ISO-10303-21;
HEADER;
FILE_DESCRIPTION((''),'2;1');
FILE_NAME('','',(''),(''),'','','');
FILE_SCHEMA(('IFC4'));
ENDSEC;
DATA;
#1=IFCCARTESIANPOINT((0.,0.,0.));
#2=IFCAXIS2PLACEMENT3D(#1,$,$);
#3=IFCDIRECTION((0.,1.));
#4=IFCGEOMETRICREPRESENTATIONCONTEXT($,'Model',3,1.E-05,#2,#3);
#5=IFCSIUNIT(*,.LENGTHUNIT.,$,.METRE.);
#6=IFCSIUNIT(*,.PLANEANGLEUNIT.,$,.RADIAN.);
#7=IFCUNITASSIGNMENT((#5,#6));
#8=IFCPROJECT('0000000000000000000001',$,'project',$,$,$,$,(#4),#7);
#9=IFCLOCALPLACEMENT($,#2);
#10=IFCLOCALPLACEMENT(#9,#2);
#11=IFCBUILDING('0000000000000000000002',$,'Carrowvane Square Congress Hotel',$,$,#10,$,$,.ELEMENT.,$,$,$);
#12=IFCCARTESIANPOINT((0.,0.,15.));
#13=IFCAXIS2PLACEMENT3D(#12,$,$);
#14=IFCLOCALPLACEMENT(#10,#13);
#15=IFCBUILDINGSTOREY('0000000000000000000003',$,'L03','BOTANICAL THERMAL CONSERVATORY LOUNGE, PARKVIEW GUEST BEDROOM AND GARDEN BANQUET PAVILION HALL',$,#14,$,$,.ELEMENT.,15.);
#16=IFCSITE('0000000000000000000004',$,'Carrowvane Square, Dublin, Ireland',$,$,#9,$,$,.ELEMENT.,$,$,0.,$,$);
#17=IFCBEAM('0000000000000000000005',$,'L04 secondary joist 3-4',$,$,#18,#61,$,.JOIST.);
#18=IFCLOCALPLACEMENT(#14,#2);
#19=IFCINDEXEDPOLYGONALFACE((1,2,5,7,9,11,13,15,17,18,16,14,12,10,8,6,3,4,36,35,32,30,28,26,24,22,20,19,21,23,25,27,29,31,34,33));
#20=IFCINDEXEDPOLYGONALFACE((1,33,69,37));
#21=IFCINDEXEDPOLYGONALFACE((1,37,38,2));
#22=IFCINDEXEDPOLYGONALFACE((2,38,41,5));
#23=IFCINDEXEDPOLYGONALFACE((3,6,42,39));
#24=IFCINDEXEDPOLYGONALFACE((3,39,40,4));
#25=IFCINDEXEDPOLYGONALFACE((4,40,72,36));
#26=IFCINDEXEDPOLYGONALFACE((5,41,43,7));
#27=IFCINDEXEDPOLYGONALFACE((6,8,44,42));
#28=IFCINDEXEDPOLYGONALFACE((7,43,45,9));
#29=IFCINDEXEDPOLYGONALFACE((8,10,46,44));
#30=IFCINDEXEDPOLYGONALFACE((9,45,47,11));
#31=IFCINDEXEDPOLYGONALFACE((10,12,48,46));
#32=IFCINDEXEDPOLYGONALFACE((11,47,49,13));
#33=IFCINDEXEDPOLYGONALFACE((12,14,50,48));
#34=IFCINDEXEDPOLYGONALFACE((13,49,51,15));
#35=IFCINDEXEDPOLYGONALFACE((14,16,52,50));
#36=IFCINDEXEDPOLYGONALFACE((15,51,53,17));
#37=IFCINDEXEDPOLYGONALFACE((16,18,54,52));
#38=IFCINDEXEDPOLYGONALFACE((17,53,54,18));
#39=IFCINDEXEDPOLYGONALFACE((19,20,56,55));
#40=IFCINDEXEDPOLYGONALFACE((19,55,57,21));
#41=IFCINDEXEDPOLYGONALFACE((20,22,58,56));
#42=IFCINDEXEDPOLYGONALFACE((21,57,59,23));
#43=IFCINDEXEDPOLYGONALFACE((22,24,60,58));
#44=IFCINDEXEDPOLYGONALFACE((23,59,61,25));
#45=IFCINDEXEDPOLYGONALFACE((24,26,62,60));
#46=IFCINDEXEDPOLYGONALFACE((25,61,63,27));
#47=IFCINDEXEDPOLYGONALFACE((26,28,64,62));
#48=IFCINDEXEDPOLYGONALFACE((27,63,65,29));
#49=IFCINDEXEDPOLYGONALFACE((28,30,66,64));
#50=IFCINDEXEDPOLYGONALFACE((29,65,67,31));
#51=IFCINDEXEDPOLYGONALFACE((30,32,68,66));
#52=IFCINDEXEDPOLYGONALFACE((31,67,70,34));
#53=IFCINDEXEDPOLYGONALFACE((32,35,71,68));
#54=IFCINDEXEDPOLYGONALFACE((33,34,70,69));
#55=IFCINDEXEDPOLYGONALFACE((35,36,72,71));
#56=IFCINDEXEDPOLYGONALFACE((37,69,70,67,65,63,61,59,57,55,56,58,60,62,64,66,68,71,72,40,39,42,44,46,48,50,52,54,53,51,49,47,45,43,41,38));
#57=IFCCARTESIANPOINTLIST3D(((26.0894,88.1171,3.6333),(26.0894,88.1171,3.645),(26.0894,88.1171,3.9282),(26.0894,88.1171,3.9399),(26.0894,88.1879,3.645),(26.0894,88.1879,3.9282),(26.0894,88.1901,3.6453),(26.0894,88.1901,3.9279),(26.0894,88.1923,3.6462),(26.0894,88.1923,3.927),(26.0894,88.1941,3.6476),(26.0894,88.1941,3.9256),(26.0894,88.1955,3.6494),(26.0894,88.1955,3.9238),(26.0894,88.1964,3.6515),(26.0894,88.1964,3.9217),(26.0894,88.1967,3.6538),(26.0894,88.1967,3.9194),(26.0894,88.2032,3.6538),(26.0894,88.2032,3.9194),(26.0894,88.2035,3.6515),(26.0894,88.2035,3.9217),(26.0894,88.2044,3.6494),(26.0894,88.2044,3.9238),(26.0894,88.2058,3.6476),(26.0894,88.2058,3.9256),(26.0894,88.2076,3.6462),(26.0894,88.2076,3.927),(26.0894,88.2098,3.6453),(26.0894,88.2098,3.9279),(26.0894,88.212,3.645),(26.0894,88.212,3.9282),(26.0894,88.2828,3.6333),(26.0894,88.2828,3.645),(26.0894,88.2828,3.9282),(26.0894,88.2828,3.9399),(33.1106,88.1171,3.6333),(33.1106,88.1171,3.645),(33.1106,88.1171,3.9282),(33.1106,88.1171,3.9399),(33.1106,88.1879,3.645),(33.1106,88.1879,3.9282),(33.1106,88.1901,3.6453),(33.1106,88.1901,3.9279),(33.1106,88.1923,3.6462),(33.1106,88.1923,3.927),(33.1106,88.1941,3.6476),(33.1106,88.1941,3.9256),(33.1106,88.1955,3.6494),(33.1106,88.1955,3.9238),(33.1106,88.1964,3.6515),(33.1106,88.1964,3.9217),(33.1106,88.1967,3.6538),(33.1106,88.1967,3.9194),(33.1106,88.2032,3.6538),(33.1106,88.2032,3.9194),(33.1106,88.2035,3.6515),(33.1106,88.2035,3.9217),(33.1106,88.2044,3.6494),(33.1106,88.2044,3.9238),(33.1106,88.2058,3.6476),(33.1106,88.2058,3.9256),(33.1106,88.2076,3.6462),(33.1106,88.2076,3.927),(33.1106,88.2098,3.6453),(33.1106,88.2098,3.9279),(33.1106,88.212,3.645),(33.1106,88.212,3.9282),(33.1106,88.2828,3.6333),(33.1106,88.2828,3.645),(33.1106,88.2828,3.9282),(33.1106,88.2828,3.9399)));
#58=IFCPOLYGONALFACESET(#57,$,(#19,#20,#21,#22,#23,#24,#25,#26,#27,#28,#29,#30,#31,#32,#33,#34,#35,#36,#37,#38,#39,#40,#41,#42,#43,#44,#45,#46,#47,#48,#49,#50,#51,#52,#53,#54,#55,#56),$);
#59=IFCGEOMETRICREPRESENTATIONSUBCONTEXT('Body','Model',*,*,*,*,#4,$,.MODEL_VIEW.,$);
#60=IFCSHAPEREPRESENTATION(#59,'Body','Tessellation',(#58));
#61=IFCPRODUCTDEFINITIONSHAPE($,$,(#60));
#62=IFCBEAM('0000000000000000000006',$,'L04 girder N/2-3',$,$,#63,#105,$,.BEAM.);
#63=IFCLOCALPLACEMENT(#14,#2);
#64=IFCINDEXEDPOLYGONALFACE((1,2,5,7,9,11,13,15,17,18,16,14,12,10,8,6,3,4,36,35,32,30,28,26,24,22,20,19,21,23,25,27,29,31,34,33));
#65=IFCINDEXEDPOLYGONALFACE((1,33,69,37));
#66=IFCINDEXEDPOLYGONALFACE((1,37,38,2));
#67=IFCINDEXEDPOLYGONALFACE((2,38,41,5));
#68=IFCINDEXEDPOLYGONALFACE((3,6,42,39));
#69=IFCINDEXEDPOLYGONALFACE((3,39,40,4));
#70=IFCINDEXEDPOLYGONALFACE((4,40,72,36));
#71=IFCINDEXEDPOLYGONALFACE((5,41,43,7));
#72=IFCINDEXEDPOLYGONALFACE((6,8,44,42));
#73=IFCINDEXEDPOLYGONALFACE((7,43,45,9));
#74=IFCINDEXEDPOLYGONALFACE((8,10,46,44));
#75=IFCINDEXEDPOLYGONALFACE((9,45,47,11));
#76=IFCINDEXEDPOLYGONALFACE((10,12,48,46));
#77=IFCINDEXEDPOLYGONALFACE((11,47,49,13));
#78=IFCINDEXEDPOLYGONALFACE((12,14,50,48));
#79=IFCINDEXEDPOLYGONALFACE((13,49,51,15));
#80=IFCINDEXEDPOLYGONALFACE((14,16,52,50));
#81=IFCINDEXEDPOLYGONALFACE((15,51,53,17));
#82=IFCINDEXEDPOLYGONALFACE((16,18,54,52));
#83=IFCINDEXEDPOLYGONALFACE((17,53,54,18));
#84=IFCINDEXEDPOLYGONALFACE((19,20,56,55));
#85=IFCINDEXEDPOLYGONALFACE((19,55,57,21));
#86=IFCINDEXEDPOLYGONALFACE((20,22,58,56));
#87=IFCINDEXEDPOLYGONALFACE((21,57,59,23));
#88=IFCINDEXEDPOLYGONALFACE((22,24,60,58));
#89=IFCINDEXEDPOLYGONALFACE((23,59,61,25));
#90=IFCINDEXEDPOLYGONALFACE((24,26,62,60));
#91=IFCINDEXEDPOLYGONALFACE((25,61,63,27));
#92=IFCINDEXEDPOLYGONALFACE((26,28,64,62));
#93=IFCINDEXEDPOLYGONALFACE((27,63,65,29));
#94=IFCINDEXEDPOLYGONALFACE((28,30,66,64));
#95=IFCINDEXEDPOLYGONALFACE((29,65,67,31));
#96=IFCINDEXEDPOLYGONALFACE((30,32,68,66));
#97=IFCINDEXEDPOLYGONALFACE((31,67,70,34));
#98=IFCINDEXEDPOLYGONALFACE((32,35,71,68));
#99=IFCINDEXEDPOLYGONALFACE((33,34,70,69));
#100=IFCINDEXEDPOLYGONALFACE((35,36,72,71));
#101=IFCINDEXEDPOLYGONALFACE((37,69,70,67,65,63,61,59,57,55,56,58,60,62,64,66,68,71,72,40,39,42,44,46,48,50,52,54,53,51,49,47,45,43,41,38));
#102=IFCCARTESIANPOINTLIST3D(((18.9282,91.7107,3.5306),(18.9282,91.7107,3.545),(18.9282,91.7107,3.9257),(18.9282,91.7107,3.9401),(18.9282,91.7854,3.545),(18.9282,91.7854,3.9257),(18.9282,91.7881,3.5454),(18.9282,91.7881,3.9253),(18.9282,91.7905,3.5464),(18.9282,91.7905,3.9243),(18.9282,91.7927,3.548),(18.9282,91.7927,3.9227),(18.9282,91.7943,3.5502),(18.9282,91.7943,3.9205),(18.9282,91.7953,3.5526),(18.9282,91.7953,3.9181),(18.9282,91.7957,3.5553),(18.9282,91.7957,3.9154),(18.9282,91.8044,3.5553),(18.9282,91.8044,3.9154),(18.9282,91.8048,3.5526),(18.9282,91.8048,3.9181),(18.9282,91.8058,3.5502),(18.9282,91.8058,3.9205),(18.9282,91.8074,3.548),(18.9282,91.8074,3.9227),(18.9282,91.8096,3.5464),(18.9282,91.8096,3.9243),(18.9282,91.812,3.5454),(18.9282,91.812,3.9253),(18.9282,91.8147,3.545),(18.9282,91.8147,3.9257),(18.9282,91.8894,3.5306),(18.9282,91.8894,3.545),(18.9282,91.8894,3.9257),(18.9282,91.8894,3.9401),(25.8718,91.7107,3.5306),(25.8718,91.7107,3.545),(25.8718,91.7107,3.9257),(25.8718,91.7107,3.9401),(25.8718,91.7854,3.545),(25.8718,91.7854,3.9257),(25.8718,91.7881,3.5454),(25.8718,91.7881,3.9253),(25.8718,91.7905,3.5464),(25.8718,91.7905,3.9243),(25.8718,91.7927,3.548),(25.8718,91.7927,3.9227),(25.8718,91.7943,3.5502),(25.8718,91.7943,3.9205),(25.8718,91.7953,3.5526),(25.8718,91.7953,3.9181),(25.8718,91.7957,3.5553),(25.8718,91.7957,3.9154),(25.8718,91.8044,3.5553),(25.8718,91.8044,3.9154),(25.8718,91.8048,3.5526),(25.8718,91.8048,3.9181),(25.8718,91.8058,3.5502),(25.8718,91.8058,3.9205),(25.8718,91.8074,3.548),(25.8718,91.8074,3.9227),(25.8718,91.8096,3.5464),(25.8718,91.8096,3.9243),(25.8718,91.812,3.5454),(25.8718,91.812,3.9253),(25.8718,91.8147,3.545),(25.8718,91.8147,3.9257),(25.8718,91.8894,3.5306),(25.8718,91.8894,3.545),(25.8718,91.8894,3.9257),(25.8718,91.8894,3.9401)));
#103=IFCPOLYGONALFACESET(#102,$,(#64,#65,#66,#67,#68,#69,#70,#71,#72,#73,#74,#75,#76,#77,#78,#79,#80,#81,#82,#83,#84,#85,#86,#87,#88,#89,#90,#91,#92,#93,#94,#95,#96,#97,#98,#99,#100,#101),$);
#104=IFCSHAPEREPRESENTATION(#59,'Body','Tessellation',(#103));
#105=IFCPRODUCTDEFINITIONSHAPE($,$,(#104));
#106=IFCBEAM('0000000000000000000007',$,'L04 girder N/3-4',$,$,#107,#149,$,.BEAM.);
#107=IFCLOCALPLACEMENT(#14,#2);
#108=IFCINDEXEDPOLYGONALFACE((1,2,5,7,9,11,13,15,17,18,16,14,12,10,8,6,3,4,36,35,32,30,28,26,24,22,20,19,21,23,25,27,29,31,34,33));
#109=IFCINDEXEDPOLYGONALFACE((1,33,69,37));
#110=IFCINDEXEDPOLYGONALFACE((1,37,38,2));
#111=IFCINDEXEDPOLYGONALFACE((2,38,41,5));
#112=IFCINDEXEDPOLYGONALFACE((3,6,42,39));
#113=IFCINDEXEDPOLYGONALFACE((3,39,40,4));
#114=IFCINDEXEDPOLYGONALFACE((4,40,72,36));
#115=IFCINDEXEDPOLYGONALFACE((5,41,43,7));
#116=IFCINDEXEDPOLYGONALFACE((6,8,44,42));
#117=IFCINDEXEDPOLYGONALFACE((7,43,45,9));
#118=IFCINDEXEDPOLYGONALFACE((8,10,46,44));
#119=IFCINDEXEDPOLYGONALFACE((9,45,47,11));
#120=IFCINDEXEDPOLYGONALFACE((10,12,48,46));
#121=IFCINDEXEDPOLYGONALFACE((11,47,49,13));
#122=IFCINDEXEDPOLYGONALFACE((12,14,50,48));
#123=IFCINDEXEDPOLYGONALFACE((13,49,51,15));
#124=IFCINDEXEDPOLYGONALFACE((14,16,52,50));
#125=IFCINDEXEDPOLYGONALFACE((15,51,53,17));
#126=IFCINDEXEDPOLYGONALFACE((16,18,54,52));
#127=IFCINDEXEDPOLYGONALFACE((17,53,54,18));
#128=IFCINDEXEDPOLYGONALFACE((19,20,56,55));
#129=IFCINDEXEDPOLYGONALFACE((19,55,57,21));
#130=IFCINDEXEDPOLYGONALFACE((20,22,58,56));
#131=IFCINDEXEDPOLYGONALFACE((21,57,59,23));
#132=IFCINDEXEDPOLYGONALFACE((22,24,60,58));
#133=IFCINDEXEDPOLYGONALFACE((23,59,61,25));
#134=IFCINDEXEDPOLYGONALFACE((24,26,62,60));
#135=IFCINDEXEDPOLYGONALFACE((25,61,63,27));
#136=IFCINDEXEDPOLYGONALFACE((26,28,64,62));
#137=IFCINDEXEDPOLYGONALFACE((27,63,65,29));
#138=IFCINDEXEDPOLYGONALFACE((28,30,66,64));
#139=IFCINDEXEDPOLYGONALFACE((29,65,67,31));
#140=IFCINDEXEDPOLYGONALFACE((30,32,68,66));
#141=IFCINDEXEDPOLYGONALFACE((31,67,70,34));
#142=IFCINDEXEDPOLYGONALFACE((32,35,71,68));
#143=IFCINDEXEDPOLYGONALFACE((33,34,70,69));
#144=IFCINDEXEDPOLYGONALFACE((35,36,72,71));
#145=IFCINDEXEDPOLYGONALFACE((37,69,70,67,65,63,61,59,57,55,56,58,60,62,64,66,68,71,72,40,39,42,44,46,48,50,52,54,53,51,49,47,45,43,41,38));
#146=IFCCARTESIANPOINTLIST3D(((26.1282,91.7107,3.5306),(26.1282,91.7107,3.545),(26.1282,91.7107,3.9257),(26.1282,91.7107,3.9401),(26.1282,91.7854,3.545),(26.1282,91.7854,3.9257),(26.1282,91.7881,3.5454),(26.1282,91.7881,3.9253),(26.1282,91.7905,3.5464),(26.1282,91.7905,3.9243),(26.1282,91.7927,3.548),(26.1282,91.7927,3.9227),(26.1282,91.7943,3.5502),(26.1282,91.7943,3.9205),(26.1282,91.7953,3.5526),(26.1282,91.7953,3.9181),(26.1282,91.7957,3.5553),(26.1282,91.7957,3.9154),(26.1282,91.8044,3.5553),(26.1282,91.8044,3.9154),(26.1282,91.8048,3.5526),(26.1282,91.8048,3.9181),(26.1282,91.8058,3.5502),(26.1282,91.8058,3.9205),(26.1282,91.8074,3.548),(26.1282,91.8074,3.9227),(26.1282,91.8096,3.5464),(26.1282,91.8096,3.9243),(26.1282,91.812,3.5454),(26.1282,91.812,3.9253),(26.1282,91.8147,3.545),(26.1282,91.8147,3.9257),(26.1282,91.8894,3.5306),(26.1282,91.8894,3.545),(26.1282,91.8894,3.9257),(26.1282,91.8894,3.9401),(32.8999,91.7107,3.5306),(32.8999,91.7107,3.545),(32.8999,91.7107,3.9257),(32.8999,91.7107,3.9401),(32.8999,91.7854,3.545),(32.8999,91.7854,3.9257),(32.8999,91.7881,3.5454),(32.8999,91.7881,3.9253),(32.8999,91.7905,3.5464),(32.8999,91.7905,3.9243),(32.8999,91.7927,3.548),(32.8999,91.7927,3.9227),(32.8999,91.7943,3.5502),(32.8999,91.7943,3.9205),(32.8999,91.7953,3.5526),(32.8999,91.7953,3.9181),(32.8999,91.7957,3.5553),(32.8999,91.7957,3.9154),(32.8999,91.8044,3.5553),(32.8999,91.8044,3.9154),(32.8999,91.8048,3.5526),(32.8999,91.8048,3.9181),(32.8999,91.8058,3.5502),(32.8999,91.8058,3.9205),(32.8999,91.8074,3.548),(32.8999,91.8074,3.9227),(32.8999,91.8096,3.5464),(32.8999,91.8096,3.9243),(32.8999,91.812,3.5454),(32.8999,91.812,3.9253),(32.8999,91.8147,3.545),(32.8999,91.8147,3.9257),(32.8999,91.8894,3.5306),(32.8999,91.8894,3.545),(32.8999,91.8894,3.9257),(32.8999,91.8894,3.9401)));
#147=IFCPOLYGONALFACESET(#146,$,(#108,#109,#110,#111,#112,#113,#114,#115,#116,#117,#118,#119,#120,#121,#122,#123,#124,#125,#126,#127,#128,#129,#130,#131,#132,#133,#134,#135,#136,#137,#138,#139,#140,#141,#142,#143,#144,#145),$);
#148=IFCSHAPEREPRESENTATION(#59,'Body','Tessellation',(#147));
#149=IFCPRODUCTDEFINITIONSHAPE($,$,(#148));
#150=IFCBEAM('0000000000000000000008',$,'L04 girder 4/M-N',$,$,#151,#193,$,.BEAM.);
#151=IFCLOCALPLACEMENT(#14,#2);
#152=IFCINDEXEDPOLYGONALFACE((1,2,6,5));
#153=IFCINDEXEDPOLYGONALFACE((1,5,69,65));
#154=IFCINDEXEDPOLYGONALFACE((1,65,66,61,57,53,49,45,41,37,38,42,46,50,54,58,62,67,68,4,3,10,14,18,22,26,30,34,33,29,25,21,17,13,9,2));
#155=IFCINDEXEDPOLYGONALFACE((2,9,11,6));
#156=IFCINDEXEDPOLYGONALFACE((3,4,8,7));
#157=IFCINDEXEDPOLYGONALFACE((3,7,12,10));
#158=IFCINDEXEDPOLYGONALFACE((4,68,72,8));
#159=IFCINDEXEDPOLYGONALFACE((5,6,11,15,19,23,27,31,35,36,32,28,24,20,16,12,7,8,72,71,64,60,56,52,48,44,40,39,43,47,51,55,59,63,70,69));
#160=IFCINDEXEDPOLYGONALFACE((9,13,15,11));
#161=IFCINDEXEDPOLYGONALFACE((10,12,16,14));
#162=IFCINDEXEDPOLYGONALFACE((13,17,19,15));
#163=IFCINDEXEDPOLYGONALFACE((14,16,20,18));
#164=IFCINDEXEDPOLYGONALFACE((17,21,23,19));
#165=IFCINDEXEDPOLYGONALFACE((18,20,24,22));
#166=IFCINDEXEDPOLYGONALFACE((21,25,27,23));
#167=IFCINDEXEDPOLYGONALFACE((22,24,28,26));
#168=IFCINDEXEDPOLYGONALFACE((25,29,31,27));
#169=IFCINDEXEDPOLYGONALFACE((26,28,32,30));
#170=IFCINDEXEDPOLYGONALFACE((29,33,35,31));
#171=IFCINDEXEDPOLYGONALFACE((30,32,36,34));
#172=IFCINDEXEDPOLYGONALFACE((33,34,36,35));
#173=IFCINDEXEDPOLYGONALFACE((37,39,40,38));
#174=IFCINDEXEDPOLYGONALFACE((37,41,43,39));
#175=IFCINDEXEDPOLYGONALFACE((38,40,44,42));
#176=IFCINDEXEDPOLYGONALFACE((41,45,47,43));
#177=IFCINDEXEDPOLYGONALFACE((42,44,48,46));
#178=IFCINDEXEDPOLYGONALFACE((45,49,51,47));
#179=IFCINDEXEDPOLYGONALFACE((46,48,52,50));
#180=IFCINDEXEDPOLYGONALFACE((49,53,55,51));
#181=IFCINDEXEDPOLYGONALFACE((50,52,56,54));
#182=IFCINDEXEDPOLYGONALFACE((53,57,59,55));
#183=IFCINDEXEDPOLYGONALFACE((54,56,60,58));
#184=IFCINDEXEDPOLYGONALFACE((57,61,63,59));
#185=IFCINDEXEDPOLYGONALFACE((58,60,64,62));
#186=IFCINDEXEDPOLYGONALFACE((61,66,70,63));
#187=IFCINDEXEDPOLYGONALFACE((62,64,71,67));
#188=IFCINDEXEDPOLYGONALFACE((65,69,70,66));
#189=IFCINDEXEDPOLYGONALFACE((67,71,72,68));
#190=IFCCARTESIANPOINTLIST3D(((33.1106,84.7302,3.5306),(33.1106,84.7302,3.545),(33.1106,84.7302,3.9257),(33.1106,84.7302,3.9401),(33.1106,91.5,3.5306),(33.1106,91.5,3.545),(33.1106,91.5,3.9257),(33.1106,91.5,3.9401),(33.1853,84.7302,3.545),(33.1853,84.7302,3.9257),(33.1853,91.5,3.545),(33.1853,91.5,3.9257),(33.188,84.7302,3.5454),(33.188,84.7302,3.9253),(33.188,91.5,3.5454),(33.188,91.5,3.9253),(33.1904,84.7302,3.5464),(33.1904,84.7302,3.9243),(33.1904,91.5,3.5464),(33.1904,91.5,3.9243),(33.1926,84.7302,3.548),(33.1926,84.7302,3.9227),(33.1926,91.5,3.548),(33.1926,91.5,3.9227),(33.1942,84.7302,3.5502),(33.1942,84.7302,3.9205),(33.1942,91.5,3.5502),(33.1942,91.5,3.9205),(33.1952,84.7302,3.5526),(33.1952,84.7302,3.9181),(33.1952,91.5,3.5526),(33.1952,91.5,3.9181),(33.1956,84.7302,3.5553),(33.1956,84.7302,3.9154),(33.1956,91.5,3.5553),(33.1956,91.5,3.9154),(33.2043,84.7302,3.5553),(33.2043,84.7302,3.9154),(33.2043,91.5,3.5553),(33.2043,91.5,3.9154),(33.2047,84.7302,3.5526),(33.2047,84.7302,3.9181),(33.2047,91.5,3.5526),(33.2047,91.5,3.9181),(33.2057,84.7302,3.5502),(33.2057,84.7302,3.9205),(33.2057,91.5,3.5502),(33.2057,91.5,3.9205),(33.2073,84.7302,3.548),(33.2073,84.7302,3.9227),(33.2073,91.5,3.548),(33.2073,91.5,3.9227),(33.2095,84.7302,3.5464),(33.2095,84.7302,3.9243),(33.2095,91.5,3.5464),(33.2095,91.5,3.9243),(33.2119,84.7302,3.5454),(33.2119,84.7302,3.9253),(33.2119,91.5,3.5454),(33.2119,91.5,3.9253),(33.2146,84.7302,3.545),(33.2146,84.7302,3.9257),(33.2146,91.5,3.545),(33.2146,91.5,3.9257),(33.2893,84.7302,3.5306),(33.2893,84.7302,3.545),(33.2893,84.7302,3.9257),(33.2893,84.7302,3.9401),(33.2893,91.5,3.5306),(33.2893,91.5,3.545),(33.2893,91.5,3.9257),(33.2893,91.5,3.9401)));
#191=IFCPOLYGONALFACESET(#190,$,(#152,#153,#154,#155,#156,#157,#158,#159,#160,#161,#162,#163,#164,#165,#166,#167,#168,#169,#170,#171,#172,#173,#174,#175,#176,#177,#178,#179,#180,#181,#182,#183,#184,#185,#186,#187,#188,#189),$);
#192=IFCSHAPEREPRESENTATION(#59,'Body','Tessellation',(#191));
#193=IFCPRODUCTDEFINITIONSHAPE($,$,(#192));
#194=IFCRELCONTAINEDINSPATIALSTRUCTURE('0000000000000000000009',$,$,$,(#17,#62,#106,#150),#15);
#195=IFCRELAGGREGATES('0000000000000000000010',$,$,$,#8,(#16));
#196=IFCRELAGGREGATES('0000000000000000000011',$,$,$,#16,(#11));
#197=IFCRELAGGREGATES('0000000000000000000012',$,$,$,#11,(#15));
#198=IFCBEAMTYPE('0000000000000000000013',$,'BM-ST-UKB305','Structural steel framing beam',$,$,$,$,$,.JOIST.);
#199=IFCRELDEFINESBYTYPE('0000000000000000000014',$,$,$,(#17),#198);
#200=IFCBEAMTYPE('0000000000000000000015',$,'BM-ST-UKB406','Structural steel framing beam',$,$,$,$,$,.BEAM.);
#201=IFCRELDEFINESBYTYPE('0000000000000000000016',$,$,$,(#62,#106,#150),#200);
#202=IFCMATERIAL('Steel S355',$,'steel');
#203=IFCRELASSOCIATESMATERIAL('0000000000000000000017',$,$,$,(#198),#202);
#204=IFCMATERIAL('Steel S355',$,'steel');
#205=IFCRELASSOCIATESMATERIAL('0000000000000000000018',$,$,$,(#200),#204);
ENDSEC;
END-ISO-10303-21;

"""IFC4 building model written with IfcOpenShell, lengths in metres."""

from ifc_helpers import new_model, si_unit, direction, frame, origin, origin_2d, place, context, subcontext, project, spatial, i_section, extrude, material, material_profile, profile_set, type_object, element, save


model = new_model("IFC4")

# Units and contexts
model_context = context("Model", 3, precision=1e-05, world=origin(), true_north=direction((0.0, 1.0)))
body_context = subcontext(model_context, "Body", "Model", "MODEL_VIEW")
ifc_project = project(units=[si_unit("LENGTHUNIT", "METRE"), si_unit("PLANEANGLEUNIT", "RADIAN")], contexts=[model_context])

# Site, building, storey
site_placement = place(None, origin())
site = spatial("IfcSite", under=ifc_project, at=site_placement, Name="Carrowvane Square, Dublin, Ireland", CompositionType="ELEMENT", RefElevation=0.0)
building_placement = place(site_placement, origin())
building = spatial("IfcBuilding", under=site, at=building_placement, Name="Carrowvane Square Congress Hotel", CompositionType="ELEMENT")
storey_placement = place(building_placement, frame((0.0, 0.0, 15.0)))
storey = spatial("IfcBuildingStorey", under=building, at=storey_placement, Name="L03", Description="BOTANICAL THERMAL CONSERVATORY LOUNGE, PARKVIEW GUEST BEDROOM AND GARDEN BANQUET PAVILION HALL", CompositionType="ELEMENT", Elevation=15.0)

# Beams
ifc_material_1 = material(Name="Steel S355", Category="steel")
ifc_material_profile_1 = material_profile(ifc_material_1, i_section(OverallWidth=0.1658, OverallDepth=0.3066, WebThickness=0.0066, FlangeThickness=0.0117, FilletRadius=0.0088, at=origin_2d()), Name="UKB 305x165x46")
ifc_profile_set_1 = profile_set([ifc_material_profile_1], Name="Steel S355")
beam_type_1 = type_object("IfcBeamType", Name="BM-ST-UKB305", Description="Structural steel framing beam", PredefinedType="JOIST", material=ifc_profile_set_1)
for number, where, z_axis, x_axis, name in (
    (1, (26.0894, 88.2, 3.7866), (1.0, 0.0, 0.0), (0.0, 1.0, 0.0), "L04 secondary joist 3-4"),
):
    element("IfcBeam", number, at=place(storey_placement, frame(where, z_axis=z_axis, x_axis=x_axis)), inside=storey, type_object=beam_type_1, Name=name, PredefinedType="JOIST", context=body_context, shape_type="SweptSolid", body=[
        extrude(i_section(OverallWidth=0.1658, OverallDepth=0.3066, WebThickness=0.0066, FlangeThickness=0.0117, FilletRadius=0.0088, at=origin_2d()), origin(), (0.0, 0.0, 1.0), 7.0212),
    ])
ifc_material_2 = material(Name="Steel S355", Category="steel")
ifc_material_profile_2 = material_profile(ifc_material_2, i_section(OverallWidth=0.1787, OverallDepth=0.4094, WebThickness=0.0088, FlangeThickness=0.0144, FilletRadius=0.0103, at=origin_2d()), Name="UKB 406x178x67")
ifc_profile_set_2 = profile_set([ifc_material_profile_2], Name="Steel S355")
beam_type_2 = type_object("IfcBeamType", Name="BM-ST-UKB406", Description="Structural steel framing beam", PredefinedType="BEAM", material=ifc_profile_set_2)
beam_1_placement = place(storey_placement, frame((18.9282, 91.8, 3.7354), z_axis=(1.0, 0.0, 0.0), x_axis=(0.0, 1.0, 0.0)))
element("IfcBeam", 2, at=beam_1_placement, inside=storey, type_object=beam_type_2, Name="L04 girder N/2-3", PredefinedType="BEAM", context=body_context, shape_type="SweptSolid", body=[
    extrude(i_section(OverallWidth=0.1787, OverallDepth=0.4094, WebThickness=0.0088, FlangeThickness=0.0144, FilletRadius=0.0103, at=origin_2d()), origin(), (0.0, 0.0, 1.0), 6.9436),
])
beam_2_placement = place(storey_placement, frame((26.1282, 91.8, 3.7354), z_axis=(1.0, 0.0, 0.0), x_axis=(0.0, 1.0, 0.0)))
element("IfcBeam", 3, at=beam_2_placement, inside=storey, type_object=beam_type_2, Name="L04 girder N/3-4", PredefinedType="BEAM", context=body_context, shape_type="SweptSolid", body=[
    extrude(i_section(OverallWidth=0.1787, OverallDepth=0.4094, WebThickness=0.0088, FlangeThickness=0.0144, FilletRadius=0.0103, at=origin_2d()), origin(), (0.0, 0.0, 1.0), 6.7717),
])
beam_3_placement = place(storey_placement, frame((33.2, 84.7302, 3.7354), z_axis=(0.0, 1.0, 0.0), x_axis=(-1.0, 0.0, 0.0)))
element("IfcBeam", 4, at=beam_3_placement, inside=storey, type_object=beam_type_2, Name="L04 girder 4/M-N", PredefinedType="BEAM", context=body_context, shape_type="SweptSolid", body=[
    extrude(i_section(OverallWidth=0.1787, OverallDepth=0.4094, WebThickness=0.0088, FlangeThickness=0.0144, FilletRadius=0.0103, at=origin_2d()), origin(), (0.0, 0.0, 1.0), 6.7698),
])

save(model, "model.ifc")
